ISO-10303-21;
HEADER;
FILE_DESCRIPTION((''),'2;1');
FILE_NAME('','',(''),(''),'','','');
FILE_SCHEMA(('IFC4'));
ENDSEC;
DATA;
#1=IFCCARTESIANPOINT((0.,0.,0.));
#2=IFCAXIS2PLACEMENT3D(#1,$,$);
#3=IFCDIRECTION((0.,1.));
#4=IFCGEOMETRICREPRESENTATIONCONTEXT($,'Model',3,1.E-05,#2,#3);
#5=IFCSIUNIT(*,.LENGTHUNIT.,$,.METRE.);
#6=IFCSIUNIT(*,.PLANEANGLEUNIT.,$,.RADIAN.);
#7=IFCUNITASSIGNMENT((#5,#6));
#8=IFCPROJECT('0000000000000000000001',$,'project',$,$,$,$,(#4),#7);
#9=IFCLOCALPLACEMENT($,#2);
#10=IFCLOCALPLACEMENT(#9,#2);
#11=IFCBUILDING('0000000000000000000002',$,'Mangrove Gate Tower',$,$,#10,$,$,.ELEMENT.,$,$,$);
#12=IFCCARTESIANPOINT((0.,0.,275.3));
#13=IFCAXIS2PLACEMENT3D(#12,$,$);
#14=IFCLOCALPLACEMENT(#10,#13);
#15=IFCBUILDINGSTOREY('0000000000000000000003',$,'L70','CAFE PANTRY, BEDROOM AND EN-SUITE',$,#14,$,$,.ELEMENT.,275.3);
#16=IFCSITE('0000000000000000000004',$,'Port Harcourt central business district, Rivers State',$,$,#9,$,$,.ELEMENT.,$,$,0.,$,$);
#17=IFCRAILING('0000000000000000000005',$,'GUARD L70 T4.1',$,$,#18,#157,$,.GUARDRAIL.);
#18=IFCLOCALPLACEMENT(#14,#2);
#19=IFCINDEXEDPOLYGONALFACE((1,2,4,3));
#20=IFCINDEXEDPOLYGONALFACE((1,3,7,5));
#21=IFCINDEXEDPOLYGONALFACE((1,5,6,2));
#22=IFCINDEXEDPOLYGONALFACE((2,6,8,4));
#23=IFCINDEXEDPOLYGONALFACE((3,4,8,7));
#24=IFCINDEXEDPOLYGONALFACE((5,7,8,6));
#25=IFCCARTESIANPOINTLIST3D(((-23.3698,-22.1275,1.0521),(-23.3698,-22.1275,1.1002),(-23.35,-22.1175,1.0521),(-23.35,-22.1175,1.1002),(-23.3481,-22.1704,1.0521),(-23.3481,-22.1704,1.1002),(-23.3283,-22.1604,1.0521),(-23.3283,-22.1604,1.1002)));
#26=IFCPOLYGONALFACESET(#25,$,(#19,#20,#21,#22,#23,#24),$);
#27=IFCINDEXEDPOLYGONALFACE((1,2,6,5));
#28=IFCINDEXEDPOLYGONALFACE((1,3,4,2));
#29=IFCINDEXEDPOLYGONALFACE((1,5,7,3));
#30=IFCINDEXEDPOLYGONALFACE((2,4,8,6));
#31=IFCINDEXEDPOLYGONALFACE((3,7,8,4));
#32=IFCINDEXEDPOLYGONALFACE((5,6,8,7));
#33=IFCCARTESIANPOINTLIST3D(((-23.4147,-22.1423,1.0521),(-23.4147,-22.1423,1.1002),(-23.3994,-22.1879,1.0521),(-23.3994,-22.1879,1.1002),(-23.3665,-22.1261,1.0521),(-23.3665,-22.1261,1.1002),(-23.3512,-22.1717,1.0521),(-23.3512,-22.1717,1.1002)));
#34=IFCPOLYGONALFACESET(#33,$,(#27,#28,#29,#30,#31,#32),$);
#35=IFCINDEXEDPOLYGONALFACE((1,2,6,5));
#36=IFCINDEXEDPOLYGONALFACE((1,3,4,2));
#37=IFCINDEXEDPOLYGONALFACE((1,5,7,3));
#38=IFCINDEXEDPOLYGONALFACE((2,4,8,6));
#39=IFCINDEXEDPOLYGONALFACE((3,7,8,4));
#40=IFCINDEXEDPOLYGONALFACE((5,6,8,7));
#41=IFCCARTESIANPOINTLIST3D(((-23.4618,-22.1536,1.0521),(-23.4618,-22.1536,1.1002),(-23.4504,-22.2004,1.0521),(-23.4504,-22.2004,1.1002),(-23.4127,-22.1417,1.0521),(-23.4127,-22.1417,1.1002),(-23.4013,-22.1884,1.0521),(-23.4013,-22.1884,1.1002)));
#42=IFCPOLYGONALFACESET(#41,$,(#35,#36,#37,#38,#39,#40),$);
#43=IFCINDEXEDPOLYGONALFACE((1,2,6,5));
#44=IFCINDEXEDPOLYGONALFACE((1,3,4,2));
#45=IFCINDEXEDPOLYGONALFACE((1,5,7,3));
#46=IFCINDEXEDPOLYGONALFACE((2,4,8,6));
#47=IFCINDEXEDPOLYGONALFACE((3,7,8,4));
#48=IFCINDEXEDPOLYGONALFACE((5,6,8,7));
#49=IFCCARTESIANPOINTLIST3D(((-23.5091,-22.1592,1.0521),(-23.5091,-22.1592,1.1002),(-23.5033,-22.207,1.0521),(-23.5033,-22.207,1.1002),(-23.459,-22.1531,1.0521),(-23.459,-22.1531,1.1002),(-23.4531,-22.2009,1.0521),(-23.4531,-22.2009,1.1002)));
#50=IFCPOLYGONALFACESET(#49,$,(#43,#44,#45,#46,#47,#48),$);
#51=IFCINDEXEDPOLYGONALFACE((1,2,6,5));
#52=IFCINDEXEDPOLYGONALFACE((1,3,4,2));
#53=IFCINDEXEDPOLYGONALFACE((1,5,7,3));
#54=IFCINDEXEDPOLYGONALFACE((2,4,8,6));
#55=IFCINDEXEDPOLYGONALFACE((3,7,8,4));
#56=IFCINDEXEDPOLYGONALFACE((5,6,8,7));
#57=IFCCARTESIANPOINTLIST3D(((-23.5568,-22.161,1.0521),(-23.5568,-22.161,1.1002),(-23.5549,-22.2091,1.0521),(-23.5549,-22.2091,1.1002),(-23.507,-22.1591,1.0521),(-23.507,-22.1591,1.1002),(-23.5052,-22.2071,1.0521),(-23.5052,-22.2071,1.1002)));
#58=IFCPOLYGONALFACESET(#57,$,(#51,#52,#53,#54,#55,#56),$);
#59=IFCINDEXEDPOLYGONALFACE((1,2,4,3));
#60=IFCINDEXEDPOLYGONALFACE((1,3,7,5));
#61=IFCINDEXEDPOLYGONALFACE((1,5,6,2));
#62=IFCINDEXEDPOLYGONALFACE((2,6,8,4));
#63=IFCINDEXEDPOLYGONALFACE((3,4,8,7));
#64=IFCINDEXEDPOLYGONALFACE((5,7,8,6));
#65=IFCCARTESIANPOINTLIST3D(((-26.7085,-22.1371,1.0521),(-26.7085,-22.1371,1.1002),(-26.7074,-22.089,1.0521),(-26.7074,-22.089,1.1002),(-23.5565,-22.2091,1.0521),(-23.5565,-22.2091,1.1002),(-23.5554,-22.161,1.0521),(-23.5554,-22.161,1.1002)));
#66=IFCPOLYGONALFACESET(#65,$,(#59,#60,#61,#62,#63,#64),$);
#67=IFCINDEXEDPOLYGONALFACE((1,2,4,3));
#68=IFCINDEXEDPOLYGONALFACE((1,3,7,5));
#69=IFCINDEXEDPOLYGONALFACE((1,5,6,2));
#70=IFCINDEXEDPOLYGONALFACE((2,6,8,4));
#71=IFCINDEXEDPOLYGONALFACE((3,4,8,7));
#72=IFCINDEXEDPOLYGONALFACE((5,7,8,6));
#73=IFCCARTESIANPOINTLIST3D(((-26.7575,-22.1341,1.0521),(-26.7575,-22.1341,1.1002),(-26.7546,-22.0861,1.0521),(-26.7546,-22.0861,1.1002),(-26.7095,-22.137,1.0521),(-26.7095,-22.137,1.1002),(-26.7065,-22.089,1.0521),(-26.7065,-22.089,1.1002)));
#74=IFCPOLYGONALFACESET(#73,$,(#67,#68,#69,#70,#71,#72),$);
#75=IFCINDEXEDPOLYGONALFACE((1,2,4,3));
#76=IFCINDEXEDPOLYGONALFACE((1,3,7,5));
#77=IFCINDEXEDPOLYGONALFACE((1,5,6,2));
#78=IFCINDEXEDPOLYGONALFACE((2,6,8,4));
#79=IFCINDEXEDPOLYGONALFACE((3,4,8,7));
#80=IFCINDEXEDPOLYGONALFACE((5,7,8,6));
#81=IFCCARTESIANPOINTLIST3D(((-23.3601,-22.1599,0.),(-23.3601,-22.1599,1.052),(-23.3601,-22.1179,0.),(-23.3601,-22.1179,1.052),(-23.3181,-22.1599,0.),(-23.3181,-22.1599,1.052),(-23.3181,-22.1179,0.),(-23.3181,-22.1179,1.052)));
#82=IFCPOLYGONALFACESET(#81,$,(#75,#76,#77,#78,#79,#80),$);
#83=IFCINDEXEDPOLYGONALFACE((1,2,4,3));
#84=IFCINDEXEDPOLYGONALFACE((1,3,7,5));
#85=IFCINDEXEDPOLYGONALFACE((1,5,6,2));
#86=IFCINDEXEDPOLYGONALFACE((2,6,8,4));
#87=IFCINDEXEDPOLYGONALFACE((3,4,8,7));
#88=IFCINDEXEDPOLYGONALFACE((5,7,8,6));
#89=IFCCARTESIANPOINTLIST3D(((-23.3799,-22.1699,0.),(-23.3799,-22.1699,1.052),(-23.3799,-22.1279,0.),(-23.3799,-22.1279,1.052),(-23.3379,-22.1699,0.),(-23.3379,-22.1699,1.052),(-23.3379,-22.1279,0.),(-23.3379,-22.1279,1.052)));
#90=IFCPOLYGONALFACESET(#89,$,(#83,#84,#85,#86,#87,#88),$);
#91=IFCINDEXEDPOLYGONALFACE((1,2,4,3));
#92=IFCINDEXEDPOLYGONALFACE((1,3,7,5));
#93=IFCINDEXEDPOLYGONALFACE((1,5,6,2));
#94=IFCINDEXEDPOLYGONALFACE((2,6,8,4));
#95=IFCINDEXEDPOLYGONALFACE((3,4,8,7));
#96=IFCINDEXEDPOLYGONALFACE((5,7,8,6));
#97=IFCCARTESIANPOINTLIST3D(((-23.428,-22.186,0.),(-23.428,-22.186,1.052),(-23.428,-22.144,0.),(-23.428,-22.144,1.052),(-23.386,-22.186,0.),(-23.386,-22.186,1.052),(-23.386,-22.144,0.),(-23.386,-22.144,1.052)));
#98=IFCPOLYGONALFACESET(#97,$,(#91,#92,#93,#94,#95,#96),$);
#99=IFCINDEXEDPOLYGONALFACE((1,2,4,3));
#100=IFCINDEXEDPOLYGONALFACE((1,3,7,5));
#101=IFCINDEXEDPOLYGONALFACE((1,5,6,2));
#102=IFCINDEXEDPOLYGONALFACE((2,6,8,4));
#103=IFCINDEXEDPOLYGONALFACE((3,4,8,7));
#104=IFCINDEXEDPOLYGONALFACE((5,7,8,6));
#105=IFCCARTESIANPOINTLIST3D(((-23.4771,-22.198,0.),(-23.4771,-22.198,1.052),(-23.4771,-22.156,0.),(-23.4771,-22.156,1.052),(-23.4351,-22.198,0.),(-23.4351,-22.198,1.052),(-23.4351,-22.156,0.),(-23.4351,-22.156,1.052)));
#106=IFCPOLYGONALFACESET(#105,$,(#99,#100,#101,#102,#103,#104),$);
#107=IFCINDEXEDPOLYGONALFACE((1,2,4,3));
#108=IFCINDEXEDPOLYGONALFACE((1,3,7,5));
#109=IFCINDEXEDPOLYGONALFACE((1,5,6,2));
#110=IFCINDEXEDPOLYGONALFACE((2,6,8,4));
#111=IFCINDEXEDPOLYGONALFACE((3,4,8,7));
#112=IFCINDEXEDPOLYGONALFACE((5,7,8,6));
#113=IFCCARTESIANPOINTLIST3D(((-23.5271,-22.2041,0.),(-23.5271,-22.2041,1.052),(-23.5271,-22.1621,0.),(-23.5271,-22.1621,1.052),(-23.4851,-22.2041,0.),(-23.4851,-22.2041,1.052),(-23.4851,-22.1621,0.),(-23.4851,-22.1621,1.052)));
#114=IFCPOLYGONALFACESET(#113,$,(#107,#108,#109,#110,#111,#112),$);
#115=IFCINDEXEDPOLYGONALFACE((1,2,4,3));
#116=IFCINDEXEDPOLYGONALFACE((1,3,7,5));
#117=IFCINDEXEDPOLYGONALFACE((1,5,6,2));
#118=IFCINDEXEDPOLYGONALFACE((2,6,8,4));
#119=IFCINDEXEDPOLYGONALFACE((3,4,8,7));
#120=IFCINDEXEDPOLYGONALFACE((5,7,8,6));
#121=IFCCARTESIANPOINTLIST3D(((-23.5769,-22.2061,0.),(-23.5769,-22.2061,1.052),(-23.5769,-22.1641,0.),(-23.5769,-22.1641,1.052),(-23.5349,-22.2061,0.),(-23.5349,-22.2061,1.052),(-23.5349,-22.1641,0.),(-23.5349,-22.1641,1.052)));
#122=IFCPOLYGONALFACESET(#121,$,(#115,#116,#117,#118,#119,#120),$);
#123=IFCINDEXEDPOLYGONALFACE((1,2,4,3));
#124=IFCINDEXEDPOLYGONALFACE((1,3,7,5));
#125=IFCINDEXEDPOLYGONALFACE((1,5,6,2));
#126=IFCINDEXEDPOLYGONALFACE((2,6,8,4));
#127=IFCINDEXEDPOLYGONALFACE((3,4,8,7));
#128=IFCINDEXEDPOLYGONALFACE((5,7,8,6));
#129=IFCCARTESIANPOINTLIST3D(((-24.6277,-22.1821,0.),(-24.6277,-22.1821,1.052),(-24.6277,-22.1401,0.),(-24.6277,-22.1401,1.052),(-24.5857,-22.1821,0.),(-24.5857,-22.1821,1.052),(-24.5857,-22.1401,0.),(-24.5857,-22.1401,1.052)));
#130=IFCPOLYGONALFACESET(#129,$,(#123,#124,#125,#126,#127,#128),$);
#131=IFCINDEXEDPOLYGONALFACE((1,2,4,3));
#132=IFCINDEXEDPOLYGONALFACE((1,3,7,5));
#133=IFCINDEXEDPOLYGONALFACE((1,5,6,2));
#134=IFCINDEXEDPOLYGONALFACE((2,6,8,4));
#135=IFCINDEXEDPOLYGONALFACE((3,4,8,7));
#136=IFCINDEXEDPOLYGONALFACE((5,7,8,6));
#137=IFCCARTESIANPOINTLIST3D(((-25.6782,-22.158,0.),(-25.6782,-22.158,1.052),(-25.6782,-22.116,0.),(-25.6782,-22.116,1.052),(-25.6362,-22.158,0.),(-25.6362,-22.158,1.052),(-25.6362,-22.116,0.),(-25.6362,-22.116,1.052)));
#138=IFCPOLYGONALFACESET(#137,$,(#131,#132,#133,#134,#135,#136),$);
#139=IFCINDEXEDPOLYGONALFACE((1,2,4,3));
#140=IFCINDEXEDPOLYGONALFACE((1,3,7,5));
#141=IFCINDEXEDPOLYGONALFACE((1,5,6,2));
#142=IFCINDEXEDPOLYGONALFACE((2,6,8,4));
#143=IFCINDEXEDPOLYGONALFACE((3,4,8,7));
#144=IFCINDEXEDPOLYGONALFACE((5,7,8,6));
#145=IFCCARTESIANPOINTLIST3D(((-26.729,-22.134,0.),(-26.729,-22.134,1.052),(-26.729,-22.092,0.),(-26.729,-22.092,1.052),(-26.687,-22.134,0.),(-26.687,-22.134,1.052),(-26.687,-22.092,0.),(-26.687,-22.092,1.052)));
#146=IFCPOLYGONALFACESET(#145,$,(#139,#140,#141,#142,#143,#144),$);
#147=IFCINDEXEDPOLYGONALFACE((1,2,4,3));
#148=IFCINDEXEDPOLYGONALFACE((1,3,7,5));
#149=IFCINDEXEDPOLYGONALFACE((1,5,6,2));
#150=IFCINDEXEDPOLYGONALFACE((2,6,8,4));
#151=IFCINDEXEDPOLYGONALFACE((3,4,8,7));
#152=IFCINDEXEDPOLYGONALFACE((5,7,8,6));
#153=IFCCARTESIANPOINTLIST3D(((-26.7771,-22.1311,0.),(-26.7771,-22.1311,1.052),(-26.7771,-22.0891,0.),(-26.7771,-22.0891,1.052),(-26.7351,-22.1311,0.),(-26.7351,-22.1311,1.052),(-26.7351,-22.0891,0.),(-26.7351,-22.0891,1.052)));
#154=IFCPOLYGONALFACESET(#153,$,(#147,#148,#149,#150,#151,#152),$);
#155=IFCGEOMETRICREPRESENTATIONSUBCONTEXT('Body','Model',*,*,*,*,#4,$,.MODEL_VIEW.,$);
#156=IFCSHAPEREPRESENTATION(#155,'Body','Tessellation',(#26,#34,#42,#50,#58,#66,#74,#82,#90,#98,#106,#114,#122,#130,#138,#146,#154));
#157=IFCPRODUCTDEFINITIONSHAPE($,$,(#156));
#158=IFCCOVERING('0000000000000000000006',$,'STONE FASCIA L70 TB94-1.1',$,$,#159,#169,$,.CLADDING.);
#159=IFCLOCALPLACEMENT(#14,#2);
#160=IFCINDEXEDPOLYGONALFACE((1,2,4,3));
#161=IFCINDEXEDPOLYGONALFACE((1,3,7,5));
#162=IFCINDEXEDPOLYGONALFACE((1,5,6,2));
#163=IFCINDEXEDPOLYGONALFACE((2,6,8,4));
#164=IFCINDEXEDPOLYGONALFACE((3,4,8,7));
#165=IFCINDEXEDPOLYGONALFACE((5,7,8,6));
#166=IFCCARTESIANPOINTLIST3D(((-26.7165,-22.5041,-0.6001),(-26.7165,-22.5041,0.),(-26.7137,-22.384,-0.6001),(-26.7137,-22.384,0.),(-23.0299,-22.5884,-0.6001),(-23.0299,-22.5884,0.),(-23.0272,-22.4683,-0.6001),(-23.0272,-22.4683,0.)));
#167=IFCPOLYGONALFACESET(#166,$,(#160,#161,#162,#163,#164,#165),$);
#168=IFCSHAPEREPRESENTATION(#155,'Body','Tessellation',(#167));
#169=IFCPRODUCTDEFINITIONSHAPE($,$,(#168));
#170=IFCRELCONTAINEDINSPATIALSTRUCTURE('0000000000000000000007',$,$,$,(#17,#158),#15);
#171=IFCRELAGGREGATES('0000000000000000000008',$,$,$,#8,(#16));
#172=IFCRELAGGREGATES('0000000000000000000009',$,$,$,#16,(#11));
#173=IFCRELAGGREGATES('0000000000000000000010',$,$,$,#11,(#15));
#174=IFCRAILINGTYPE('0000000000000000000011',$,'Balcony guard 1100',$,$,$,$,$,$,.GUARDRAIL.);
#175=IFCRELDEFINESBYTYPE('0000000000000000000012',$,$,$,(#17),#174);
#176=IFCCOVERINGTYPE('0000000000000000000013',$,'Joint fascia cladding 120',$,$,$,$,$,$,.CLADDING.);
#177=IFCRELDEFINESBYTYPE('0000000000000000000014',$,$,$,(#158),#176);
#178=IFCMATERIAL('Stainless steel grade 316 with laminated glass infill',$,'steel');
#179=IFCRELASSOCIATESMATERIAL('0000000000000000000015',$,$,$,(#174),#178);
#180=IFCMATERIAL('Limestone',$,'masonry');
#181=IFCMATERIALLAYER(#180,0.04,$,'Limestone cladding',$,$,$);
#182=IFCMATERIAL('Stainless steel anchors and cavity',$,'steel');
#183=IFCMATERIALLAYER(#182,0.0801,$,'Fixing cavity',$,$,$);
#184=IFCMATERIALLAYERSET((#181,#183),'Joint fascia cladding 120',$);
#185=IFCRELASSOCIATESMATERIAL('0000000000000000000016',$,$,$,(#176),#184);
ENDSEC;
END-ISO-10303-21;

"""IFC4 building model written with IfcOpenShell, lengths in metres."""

from ifc_helpers import new_model, si_unit, direction, frame, frame_2d, origin, origin_2d, place, context, subcontext, project, spatial, rectangle, extrude, material, layer, layer_set, type_object, element, save


model = new_model("IFC4")

# Units and contexts
model_context = context("Model", 3, precision=1e-05, world=origin(), true_north=direction((0.0, 1.0)))
body_context = subcontext(model_context, "Body", "Model", "MODEL_VIEW")
ifc_project = project(units=[si_unit("LENGTHUNIT", "METRE"), si_unit("PLANEANGLEUNIT", "RADIAN")], contexts=[model_context])

# Site, building, storey
site_placement = place(None, origin())
site = spatial("IfcSite", under=ifc_project, at=site_placement, Name="Port Harcourt central business district, Rivers State", CompositionType="ELEMENT", RefElevation=0.0)
building_placement = place(site_placement, origin())
building = spatial("IfcBuilding", under=site, at=building_placement, Name="Mangrove Gate Tower", CompositionType="ELEMENT")
storey_placement = place(building_placement, frame((0.0, 0.0, 275.3)))
storey = spatial("IfcBuildingStorey", under=building, at=storey_placement, Name="L70", Description="CAFE PANTRY, BEDROOM AND EN-SUITE", CompositionType="ELEMENT", Elevation=275.3)

# Shared definitions
ifc_material_1 = material(Name="Limestone", Category="masonry")

# Railing
ifc_material_2 = material(Name="Stainless steel grade 316 with laminated glass infill", Category="steel")
railing_type = type_object("IfcRailingType", Name="Balcony guard 1100", PredefinedType="GUARDRAIL", material=ifc_material_2)
railing_1_placement = place(storey_placement, frame((-23.3391, -22.1389, 0.0)))
element("IfcRailing", 1, at=railing_1_placement, inside=storey, type_object=railing_type, Name="GUARD L70 T4.1", PredefinedType="GUARDRAIL", context=body_context, shape_type="SweptSolid", body=[
    extrude(rectangle(XDim=0.0481, YDim=0.0481, at=origin_2d()), frame((0.0, 0.0, 1.0762), z_axis=(-0.892213, -0.451614, 0.0), x_axis=(0.451614, -0.892213, 0.0)), (0.0, 0.0, 1.0), 0.0222),
    extrude(rectangle(XDim=0.0481, YDim=0.0481, at=origin_2d()), frame((-0.0198, -0.01, 1.0762), z_axis=(-0.948201, -0.317671, 0.0), x_axis=(0.317671, -0.948201, 0.0)), (0.0, 0.0, 1.0), 0.0508),
    extrude(rectangle(XDim=0.0481, YDim=0.0481, at=origin_2d()), frame((-0.0679, -0.0261, 1.0762), z_axis=(-0.971547, -0.236845, 0.0), x_axis=(0.236845, -0.971547, 0.0)), (0.0, 0.0, 1.0), 0.0505),
    extrude(rectangle(XDim=0.0481, YDim=0.0481, at=origin_2d()), frame((-0.1169, -0.0381, 1.0762), z_axis=(-0.992646, -0.121054, 0.0), x_axis=(0.121054, -0.992646, 0.0)), (0.0, 0.0, 1.0), 0.0505),
    extrude(rectangle(XDim=0.0481, YDim=0.0481, at=origin_2d()), frame((-0.167, -0.0442, 1.0762), z_axis=(-0.999232, -0.039186, 0.0), x_axis=(0.039186, -0.999232, 0.0)), (0.0, 0.0, 1.0), 0.0498),
    extrude(rectangle(XDim=0.0481, YDim=0.0481, at=origin_2d()), frame((-0.2168, -0.0461, 1.0762), z_axis=(-0.999739, 0.022843, 0.0), x_axis=(-0.022843, -0.999739, 0.0)), (0.0, 0.0, 1.0), 3.1528),
    extrude(rectangle(XDim=0.0481, YDim=0.0481, at=origin_2d()), frame((-3.3689, 0.0259, 1.0762), z_axis=(-0.99815, 0.060801, 0.0), x_axis=(-0.060801, -0.99815, 0.0)), (0.0, 0.0, 1.0), 0.0481),
    extrude(rectangle(XDim=0.042, YDim=0.042, at=origin_2d()), origin(), (0.0, 0.0, 1.0), 1.052),
    extrude(rectangle(XDim=0.042, YDim=0.042, at=origin_2d()), frame((-0.0198, -0.01, 0.0)), (0.0, 0.0, 1.0), 1.052),
    extrude(rectangle(XDim=0.042, YDim=0.042, at=origin_2d()), frame((-0.0679, -0.0261, 0.0)), (0.0, 0.0, 1.0), 1.052),
    extrude(rectangle(XDim=0.042, YDim=0.042, at=origin_2d()), frame((-0.1169, -0.0381, 0.0)), (0.0, 0.0, 1.0), 1.052),
    extrude(rectangle(XDim=0.042, YDim=0.042, at=origin_2d()), frame((-0.167, -0.0442, 0.0)), (0.0, 0.0, 1.0), 1.052),
    extrude(rectangle(XDim=0.042, YDim=0.042, at=origin_2d()), frame((-0.2168, -0.0461, 0.0)), (0.0, 0.0, 1.0), 1.052),
    extrude(rectangle(XDim=0.042, YDim=0.042, at=origin_2d()), frame((-1.2676, -0.0222, 0.0)), (0.0, 0.0, 1.0), 1.052),
    extrude(rectangle(XDim=0.042, YDim=0.042, at=origin_2d()), frame((-2.3181, 0.002, 0.0)), (0.0, 0.0, 1.0), 1.052),
    extrude(rectangle(XDim=0.042, YDim=0.042, at=origin_2d()), frame((-3.3689, 0.0259, 0.0)), (0.0, 0.0, 1.0), 1.052),
    extrude(rectangle(XDim=0.042, YDim=0.042, at=origin_2d()), frame((-3.417, 0.0288, 0.0)), (0.0, 0.0, 1.0), 1.052),
])

# Covering
ifc_layer_1 = layer(ifc_material_1, 0.04, Name="Limestone cladding")
ifc_material_3 = material(Name="Stainless steel anchors and cavity", Category="steel")
ifc_layer_2 = layer(ifc_material_3, 0.0801, Name="Fixing cavity")
ifc_layer_set_1 = layer_set([ifc_layer_1, ifc_layer_2], Name="Joint fascia cladding 120")
covering_type = type_object("IfcCoveringType", Name="Joint fascia cladding 120", PredefinedType="CLADDING", material=ifc_layer_set_1)
covering_placement = place(storey_placement, frame((-23.0286, -22.5283, -0.6001), z_axis=(0.0, 0.0, 1.0), x_axis=(-0.999739, 0.022842, 0.0)))
element("IfcCovering", 2, at=covering_placement, inside=storey, type_object=covering_type, Name="STONE FASCIA L70 TB94-1.1", PredefinedType="CLADDING", context=body_context, shape_type="SweptSolid", body=[
    extrude(rectangle(XDim=3.6875, YDim=0.1201, at=frame_2d((1.8438, 0.0))), origin(), (0.0, 0.0, 1.0), 0.6001),
])

save(model, "model.ifc")
